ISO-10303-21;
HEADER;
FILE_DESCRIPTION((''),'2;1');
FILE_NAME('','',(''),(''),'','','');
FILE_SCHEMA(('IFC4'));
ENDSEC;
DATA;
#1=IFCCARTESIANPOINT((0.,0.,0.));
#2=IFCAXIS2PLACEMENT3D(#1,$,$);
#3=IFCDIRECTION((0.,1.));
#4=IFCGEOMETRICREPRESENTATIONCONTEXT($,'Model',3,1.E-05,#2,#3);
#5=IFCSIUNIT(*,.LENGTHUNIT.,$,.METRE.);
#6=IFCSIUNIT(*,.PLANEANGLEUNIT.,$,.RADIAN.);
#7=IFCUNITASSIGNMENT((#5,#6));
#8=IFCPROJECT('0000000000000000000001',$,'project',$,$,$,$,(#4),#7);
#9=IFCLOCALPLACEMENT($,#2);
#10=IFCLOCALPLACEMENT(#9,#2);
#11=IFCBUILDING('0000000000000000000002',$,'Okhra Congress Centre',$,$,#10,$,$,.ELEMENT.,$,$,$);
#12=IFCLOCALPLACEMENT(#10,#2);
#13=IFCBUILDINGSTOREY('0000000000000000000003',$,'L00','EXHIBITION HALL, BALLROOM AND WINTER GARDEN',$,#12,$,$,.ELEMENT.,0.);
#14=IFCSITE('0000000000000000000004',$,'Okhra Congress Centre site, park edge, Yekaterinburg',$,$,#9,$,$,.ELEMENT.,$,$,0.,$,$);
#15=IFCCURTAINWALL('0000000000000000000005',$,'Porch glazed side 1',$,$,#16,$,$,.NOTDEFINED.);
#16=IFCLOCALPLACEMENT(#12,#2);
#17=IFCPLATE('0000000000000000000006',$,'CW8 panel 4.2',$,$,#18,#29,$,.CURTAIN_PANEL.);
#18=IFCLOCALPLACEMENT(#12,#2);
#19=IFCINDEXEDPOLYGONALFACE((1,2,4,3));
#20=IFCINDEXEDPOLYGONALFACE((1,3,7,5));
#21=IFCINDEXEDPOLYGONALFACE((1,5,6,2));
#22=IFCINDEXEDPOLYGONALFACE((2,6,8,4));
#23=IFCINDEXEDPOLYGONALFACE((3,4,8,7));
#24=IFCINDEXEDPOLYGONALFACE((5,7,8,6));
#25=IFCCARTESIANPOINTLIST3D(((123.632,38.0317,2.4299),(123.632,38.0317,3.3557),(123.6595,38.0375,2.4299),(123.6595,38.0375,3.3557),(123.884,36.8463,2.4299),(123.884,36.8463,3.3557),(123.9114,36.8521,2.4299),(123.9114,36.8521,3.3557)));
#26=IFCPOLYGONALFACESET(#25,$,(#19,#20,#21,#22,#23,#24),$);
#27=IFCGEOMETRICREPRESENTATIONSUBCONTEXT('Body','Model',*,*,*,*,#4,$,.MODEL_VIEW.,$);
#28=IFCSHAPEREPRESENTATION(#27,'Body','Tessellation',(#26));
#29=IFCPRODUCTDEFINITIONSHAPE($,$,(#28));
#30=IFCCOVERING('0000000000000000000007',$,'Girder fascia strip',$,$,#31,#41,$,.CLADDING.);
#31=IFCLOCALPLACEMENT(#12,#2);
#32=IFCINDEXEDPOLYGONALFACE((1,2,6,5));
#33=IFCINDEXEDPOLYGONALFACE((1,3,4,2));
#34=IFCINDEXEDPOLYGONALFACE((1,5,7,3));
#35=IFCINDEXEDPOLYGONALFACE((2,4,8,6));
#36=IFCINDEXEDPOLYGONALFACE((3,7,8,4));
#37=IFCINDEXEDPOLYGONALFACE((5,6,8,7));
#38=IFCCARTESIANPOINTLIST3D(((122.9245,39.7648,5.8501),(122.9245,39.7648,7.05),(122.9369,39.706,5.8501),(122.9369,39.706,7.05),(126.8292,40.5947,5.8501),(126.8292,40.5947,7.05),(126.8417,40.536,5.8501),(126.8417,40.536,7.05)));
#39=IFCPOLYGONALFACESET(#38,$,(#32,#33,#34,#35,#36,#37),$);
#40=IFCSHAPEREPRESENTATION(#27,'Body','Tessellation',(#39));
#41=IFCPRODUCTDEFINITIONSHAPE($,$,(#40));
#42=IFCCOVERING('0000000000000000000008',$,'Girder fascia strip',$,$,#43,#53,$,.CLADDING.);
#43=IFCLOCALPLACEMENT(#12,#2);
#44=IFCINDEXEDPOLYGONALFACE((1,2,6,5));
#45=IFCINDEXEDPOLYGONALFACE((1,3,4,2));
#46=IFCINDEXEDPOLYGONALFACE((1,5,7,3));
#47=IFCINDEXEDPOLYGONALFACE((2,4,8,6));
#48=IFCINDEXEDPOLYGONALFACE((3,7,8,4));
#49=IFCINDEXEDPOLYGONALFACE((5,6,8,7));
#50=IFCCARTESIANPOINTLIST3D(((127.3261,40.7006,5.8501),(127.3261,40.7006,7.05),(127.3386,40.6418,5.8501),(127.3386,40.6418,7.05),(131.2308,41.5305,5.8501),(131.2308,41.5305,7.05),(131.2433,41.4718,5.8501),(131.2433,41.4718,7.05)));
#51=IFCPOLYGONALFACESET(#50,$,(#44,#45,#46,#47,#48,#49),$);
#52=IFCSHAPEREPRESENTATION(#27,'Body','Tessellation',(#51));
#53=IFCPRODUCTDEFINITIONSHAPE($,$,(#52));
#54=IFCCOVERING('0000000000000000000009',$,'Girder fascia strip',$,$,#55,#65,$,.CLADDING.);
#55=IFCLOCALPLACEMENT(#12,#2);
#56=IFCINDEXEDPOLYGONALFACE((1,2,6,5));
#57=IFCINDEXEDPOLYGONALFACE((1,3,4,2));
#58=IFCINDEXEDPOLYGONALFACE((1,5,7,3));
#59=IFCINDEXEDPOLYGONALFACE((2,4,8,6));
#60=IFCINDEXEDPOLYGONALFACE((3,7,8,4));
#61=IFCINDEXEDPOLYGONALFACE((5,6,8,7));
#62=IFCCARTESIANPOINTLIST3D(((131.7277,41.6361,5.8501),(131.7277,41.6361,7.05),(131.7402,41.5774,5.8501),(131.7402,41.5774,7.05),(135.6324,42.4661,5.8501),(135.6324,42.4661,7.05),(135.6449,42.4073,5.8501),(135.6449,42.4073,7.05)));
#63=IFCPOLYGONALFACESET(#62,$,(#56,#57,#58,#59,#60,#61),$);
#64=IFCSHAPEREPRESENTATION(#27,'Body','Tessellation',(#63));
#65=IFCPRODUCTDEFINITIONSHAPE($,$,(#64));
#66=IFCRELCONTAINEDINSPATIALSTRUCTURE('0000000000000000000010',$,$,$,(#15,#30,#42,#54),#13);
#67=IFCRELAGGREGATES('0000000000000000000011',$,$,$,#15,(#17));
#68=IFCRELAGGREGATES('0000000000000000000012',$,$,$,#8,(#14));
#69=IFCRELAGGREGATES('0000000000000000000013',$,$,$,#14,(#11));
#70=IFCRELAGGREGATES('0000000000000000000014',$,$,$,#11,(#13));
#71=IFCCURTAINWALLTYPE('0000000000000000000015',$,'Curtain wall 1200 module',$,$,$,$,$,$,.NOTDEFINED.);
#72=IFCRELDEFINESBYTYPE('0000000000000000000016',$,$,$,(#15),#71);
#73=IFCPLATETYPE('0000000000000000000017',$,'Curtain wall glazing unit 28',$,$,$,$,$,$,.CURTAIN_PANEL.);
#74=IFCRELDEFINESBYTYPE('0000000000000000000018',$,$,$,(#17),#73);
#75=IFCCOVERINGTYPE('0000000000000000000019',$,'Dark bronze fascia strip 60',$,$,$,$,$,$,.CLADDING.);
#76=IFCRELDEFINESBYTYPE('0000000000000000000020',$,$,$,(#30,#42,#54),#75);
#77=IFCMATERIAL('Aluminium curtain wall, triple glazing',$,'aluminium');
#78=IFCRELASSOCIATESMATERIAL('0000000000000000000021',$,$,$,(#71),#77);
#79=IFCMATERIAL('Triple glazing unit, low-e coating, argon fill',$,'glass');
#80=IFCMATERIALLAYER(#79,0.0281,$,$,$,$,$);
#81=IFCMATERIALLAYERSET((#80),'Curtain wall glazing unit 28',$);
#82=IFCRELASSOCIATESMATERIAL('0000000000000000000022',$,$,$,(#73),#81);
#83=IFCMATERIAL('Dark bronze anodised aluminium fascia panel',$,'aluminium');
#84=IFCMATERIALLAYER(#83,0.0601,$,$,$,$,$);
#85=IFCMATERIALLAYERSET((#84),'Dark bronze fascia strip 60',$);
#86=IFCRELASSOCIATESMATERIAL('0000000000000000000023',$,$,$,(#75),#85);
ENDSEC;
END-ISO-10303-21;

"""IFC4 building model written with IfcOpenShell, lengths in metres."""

from ifc_helpers import new_model, si_unit, direction, frame, origin, origin_2d, place, context, subcontext, project, spatial, rectangle, extrude, material, layer, layer_set, type_object, element, aggregate, save


model = new_model("IFC4")

# Units and contexts
model_context = context("Model", 3, precision=1e-05, world=origin(), true_north=direction((0.0, 1.0)))
body_context = subcontext(model_context, "Body", "Model", "MODEL_VIEW")
ifc_project = project(units=[si_unit("LENGTHUNIT", "METRE"), si_unit("PLANEANGLEUNIT", "RADIAN")], contexts=[model_context])

# Site, building, storey
site_placement = place(None, origin())
site = spatial("IfcSite", under=ifc_project, at=site_placement, Name="Okhra Congress Centre site, park edge, Yekaterinburg", CompositionType="ELEMENT", RefElevation=0.0)
building_placement = place(site_placement, origin())
building = spatial("IfcBuilding", under=site, at=building_placement, Name="Okhra Congress Centre", CompositionType="ELEMENT")
storey_placement = place(building_placement, origin())
storey = spatial("IfcBuildingStorey", under=building, at=storey_placement, Name="L00", Description="EXHIBITION HALL, BALLROOM AND WINTER GARDEN", CompositionType="ELEMENT", Elevation=0.0)

# Curtain wall
ifc_material_1 = material(Name="Aluminium curtain wall, triple glazing", Category="aluminium")
curtain_wall_type = type_object("IfcCurtainWallType", Name="Curtain wall 1200 module", PredefinedType="NOTDEFINED", material=ifc_material_1)
curtain_wall_placement = place(storey_placement, origin())
curtain_wall = element("IfcCurtainWall", 1, at=curtain_wall_placement, inside=storey, type_object=curtain_wall_type, Name="Porch glazed side 1", PredefinedType="NOTDEFINED")

# Plate
ifc_material_2 = material(Name="Triple glazing unit, low-e coating, argon fill", Category="glass")
ifc_layer_1 = layer(ifc_material_2, 0.0281)
ifc_layer_set_1 = layer_set([ifc_layer_1], Name="Curtain wall glazing unit 28")
plate_type = type_object("IfcPlateType", Name="Curtain wall glazing unit 28", PredefinedType="CURTAIN_PANEL", material=ifc_layer_set_1)
plate_1_placement = place(storey_placement, frame((123.7717, 37.4419, 2.4299), z_axis=(0.0, 0.0, 1.0), x_axis=(-0.207912, 0.978148, 0.0)))
plate_1 = element("IfcPlate", 2, at=plate_1_placement, type_object=plate_type, Name="CW8 panel 4.2", PredefinedType="CURTAIN_PANEL", context=body_context, shape_type="SweptSolid", body=[
    extrude(rectangle(XDim=1.2119, YDim=0.0281, at=origin_2d()), origin(), (0.0, 0.0, 1.0), 0.9258),
])
aggregate(curtain_wall, [plate_1])

# Coverings
ifc_material_3 = material(Name="Dark bronze anodised aluminium fascia panel", Category="aluminium")
ifc_layer_2 = layer(ifc_material_3, 0.0601)
ifc_layer_set_2 = layer_set([ifc_layer_2], Name="Dark bronze fascia strip 60")
covering_type = type_object("IfcCoveringType", Name="Dark bronze fascia strip 60", PredefinedType="CLADDING", material=ifc_layer_set_2)
for number, where, z_axis, x_axis, name in (
    (3, (124.8831, 40.1504, 5.8501), (0.0, 0.0, 1.0), (0.978148, 0.207912, 0.0), "Girder fascia strip"),
    (4, (129.2847, 41.0862, 5.8501), (0.0, 0.0, 1.0), (0.978148, 0.207912, 0.0), "Girder fascia strip"),
    (5, (133.6863, 42.0217, 5.8501), (0.0, 0.0, 1.0), (0.978148, 0.207912, 0.0), "Girder fascia strip"),
):
    element("IfcCovering", number, at=place(storey_placement, frame(where, z_axis=z_axis, x_axis=x_axis)), inside=storey, type_object=covering_type, Name=name, PredefinedType="CLADDING", context=body_context, shape_type="SweptSolid", body=[
        extrude(rectangle(XDim=3.9919, YDim=0.0601, at=origin_2d()), origin(), (0.0, 0.0, 1.0), 1.2),
    ])

save(model, "model.ifc")
